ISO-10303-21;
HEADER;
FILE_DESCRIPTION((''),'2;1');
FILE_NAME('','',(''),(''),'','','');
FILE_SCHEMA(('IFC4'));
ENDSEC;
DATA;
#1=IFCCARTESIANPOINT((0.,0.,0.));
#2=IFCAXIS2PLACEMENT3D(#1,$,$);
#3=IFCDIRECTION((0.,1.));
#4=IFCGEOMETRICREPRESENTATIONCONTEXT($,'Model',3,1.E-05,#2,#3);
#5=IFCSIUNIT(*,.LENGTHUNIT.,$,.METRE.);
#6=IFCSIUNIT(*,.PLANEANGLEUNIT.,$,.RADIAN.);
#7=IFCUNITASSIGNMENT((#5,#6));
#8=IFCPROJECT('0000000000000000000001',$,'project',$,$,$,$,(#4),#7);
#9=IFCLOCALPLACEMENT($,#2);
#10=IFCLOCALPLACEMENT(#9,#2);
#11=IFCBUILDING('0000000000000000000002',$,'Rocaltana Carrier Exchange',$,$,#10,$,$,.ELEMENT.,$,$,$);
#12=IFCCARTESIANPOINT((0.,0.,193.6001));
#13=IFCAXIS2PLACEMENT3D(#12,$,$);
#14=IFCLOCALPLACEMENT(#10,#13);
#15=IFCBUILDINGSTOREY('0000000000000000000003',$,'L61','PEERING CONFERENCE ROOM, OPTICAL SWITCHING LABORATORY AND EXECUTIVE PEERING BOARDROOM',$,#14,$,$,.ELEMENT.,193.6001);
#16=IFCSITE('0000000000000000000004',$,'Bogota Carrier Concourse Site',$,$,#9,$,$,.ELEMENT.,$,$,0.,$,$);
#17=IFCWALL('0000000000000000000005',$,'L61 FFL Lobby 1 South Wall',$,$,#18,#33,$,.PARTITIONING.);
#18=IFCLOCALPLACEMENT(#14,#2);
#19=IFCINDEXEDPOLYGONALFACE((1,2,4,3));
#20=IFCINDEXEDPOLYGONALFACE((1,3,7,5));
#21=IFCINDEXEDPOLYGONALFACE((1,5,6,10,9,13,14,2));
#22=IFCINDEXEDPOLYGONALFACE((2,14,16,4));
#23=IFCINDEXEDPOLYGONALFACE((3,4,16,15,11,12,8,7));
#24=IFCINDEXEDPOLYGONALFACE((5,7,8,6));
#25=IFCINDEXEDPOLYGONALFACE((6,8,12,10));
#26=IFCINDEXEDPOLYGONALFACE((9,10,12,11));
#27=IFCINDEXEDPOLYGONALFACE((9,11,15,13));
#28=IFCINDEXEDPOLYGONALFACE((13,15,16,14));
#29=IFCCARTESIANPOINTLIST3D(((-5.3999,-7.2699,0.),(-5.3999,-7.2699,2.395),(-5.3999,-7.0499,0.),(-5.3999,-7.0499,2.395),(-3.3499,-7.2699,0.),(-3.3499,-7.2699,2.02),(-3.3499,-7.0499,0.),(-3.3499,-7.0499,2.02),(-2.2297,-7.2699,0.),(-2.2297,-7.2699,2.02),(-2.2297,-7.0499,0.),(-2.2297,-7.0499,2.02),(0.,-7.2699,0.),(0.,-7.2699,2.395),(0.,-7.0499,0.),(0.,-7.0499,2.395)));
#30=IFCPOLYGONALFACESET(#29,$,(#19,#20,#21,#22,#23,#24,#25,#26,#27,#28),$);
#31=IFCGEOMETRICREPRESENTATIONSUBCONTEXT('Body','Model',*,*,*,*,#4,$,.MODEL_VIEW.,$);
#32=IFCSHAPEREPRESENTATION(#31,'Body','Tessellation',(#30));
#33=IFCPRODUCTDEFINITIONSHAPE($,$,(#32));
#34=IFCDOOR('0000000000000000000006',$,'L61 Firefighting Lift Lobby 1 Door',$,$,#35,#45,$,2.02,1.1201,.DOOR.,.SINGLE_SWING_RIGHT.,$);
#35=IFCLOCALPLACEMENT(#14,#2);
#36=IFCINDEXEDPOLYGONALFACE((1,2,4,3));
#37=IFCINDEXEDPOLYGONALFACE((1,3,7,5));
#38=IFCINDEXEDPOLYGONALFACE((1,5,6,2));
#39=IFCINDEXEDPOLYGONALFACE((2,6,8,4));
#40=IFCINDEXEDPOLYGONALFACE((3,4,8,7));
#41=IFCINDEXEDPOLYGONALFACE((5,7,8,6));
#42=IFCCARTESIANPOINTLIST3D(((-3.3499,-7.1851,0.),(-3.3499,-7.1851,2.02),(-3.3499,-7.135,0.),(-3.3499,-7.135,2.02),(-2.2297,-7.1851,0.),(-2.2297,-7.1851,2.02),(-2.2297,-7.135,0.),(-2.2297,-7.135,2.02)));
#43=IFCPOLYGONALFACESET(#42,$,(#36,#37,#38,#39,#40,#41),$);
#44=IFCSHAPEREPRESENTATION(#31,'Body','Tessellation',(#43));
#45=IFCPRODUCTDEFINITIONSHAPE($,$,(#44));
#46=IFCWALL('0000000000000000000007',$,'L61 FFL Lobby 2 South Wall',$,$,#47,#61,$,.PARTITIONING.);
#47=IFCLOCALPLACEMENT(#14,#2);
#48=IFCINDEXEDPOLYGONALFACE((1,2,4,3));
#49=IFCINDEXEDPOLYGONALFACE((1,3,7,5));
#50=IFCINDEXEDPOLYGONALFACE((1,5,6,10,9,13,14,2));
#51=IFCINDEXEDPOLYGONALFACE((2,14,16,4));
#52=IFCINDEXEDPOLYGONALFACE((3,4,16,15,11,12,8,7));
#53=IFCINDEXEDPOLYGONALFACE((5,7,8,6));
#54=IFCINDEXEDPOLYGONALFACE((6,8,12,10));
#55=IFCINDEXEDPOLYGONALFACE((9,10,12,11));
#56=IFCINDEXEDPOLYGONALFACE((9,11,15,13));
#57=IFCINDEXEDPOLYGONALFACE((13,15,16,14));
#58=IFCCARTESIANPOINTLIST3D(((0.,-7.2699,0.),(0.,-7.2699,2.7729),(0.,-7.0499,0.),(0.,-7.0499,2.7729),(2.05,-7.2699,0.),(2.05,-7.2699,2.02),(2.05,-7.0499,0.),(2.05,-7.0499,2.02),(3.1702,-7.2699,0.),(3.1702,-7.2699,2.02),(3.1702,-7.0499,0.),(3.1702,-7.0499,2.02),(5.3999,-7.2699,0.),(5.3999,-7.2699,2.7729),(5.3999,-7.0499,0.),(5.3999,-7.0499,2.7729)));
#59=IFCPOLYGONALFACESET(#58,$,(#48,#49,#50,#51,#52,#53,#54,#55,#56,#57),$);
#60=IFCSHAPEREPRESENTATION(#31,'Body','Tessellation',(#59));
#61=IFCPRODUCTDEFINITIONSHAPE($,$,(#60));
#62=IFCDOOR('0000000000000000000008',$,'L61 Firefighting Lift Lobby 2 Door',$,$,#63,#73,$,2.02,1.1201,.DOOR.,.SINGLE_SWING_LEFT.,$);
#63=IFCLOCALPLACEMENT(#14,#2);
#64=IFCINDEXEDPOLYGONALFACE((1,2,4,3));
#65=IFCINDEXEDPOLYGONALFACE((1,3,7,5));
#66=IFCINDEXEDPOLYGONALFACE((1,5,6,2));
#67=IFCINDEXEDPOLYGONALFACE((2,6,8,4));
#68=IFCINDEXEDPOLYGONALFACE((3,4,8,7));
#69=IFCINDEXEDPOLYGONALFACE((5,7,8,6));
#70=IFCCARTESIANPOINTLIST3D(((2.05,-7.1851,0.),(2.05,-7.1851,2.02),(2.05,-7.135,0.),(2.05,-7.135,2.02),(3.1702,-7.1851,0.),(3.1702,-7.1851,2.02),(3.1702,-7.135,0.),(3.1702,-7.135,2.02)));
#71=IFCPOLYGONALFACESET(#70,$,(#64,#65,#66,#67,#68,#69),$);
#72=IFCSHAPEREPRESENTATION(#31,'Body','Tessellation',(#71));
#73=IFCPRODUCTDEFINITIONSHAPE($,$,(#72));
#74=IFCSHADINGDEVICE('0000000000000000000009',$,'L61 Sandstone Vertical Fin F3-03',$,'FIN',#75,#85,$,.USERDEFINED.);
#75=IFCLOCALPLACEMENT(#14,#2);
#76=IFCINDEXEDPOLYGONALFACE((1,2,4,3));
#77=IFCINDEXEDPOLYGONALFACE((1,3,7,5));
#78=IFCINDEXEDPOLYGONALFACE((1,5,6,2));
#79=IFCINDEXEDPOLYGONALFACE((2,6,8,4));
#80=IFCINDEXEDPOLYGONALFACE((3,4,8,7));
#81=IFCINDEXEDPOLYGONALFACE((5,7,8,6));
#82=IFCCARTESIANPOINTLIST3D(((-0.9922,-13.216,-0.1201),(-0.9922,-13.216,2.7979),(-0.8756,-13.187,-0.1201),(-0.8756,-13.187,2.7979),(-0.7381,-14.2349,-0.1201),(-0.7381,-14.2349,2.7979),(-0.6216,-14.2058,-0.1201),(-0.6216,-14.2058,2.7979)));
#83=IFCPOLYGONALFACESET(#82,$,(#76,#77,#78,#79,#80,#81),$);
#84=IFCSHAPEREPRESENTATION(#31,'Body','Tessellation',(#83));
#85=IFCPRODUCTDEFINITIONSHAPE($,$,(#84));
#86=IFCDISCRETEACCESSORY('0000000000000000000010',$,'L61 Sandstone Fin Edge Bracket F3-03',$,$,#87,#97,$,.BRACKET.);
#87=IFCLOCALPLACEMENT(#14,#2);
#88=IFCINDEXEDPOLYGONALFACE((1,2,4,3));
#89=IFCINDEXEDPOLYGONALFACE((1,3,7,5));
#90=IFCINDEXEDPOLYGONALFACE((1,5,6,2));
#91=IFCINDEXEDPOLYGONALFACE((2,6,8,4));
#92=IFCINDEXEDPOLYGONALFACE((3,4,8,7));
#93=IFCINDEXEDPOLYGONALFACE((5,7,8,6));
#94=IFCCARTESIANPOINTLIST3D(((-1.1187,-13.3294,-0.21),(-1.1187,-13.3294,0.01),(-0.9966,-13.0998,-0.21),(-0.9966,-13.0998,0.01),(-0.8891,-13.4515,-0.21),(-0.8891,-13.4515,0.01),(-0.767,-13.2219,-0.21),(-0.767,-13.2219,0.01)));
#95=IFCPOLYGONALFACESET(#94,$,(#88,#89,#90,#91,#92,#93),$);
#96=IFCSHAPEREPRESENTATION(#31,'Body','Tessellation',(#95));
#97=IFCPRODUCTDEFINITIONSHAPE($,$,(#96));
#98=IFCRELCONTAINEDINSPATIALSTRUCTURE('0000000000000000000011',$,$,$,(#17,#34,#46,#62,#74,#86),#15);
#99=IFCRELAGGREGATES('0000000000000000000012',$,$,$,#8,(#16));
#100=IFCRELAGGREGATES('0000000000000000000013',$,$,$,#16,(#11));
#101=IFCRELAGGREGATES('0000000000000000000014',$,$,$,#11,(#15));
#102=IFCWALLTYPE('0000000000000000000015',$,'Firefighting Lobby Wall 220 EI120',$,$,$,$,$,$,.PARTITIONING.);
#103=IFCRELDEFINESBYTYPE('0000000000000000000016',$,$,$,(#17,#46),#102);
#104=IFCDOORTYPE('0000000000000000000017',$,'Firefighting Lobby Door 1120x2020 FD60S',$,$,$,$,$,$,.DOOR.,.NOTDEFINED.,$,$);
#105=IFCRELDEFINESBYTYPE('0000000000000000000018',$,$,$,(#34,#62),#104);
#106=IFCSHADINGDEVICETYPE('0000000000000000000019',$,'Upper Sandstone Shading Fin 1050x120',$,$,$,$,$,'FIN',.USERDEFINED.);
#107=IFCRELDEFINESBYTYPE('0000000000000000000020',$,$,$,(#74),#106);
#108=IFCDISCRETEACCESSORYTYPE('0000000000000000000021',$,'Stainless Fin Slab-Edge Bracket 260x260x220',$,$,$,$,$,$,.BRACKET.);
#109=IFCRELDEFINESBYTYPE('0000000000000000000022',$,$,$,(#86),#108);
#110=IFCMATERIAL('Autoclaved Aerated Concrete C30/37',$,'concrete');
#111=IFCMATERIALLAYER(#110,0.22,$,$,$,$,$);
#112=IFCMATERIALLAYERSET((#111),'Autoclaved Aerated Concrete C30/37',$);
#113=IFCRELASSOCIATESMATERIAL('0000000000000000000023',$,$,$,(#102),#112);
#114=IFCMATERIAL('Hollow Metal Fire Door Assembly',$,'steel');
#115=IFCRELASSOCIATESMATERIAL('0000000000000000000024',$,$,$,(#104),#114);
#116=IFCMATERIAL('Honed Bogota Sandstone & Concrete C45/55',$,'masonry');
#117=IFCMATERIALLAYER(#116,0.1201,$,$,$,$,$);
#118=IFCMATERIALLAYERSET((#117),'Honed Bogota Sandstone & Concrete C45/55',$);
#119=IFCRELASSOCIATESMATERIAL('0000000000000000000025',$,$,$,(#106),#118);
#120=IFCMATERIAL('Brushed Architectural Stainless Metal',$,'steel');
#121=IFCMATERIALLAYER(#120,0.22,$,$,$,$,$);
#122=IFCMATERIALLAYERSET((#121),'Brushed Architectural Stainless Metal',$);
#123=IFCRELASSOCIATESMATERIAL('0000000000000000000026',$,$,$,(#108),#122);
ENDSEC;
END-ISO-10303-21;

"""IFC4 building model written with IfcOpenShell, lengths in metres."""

from ifc_helpers import new_model, si_unit, direction, frame, frame_2d, origin, origin_2d, place, context, subcontext, project, spatial, rectangle, extrude, material, layer, layer_set, type_object, element, fill, save


model = new_model("IFC4")

# Units and contexts
model_context = context("Model", 3, precision=1e-05, world=origin(), true_north=direction((0.0, 1.0)))
body_context = subcontext(model_context, "Body", "Model", "MODEL_VIEW")
ifc_project = project(units=[si_unit("LENGTHUNIT", "METRE"), si_unit("PLANEANGLEUNIT", "RADIAN")], contexts=[model_context])

# Site, building, storey
site_placement = place(None, origin())
site = spatial("IfcSite", under=ifc_project, at=site_placement, Name="Bogota Carrier Concourse Site", CompositionType="ELEMENT", RefElevation=0.0)
building_placement = place(site_placement, origin())
building = spatial("IfcBuilding", under=site, at=building_placement, Name="Rocaltana Carrier Exchange", CompositionType="ELEMENT")
storey_placement = place(building_placement, frame((0.0, 0.0, 193.6001)))
storey = spatial("IfcBuildingStorey", under=building, at=storey_placement, Name="L61", Description="PEERING CONFERENCE ROOM, OPTICAL SWITCHING LABORATORY AND EXECUTIVE PEERING BOARDROOM", CompositionType="ELEMENT", Elevation=193.6001)

# Shared definitions
ifc_material_1 = material(Name="Autoclaved Aerated Concrete C30/37", Category="concrete")
ifc_layer_1 = layer(ifc_material_1, 0.22)
ifc_layer_set_1 = layer_set([ifc_layer_1], Name="Autoclaved Aerated Concrete C30/37")
wall_type_1 = type_object("IfcWallType", Name="Firefighting Lobby Wall 220 EI120", PredefinedType="PARTITIONING", material=ifc_layer_set_1)

# Walls, openings, doors
wall_1_placement = place(storey_placement, frame((-5.3999, -7.1599, 0.0), z_axis=(0.0, 0.0, 1.0), x_axis=(1.0, 0.0, 0.0)))
wall_1 = element("IfcWall", 1, at=wall_1_placement, inside=storey, type_object=wall_type_1, Name="L61 FFL Lobby 1 South Wall", PredefinedType="PARTITIONING", context=body_context, shape_type="SweptSolid", body=[
    extrude(rectangle(XDim=5.3999, YDim=0.22, at=frame_2d((2.7, 0.0))), origin(), (0.0, 0.0, 1.0), 2.395),
])
opening_1_placement = place(wall_1_placement, frame((2.05, 0.0, 0.0)))
opening_1 = element("IfcOpeningElement", 2, at=opening_1_placement, cuts=wall_1, PredefinedType="OPENING", context=body_context, shape_type="SweptSolid", body=[
    extrude(rectangle(XDim=1.1201, YDim=2.02, at=frame_2d((0.5601, 1.01))), frame((0.0, 0.1199, 0.0), z_axis=(0.0, -1.0, 0.0), x_axis=(1.0, 0.0, 0.0)), (0.0, 0.0, 1.0), 0.24),
])
ifc_material_2 = material(Name="Hollow Metal Fire Door Assembly", Category="steel")
door_type = type_object("IfcDoorType", Name="Firefighting Lobby Door 1120x2020 FD60S", OperationType="NOTDEFINED", PredefinedType="DOOR", material=ifc_material_2)
door_1_placement = place(opening_1_placement, origin())
door_1 = element("IfcDoor", 3, at=door_1_placement, inside=storey, type_object=door_type, Name="L61 Firefighting Lift Lobby 1 Door", OperationType="SINGLE_SWING_RIGHT", OverallHeight=2.02, OverallWidth=1.1201, PredefinedType="DOOR", context=body_context, shape_type="SweptSolid", body=[
    extrude(rectangle(XDim=1.1201, YDim=2.02, at=frame_2d((0.5601, 1.01))), frame((0.0, 0.0249, 0.0), z_axis=(0.0, -1.0, 0.0), x_axis=(1.0, 0.0, 0.0)), (0.0, 0.0, 1.0), 0.05),
])
fill(opening_1, door_1)
wall_2_placement = place(storey_placement, frame((0.0, -7.1599, 0.0), z_axis=(0.0, 0.0, 1.0), x_axis=(1.0, 0.0, 0.0)))
wall_2 = element("IfcWall", 4, at=wall_2_placement, inside=storey, type_object=wall_type_1, Name="L61 FFL Lobby 2 South Wall", PredefinedType="PARTITIONING", context=body_context, shape_type="SweptSolid", body=[
    extrude(rectangle(XDim=5.3999, YDim=0.22, at=frame_2d((2.7, 0.0))), origin(), (0.0, 0.0, 1.0), 2.7729),
])
opening_2_placement = place(wall_2_placement, frame((2.05, 0.0, 0.0)))
opening_2 = element("IfcOpeningElement", 5, at=opening_2_placement, cuts=wall_2, PredefinedType="OPENING", context=body_context, shape_type="SweptSolid", body=[
    extrude(rectangle(XDim=1.1201, YDim=2.02, at=frame_2d((0.5601, 1.01))), frame((0.0, 0.1199, 0.0), z_axis=(0.0, -1.0, 0.0), x_axis=(1.0, 0.0, 0.0)), (0.0, 0.0, 1.0), 0.24),
])
door_2_placement = place(opening_2_placement, origin())
door_2 = element("IfcDoor", 6, at=door_2_placement, inside=storey, type_object=door_type, Name="L61 Firefighting Lift Lobby 2 Door", OperationType="SINGLE_SWING_LEFT", OverallHeight=2.02, OverallWidth=1.1201, PredefinedType="DOOR", context=body_context, shape_type="SweptSolid", body=[
    extrude(rectangle(XDim=1.1201, YDim=2.02, at=frame_2d((0.5601, 1.01))), frame((0.0, 0.0249, 0.0), z_axis=(0.0, -1.0, 0.0), x_axis=(1.0, 0.0, 0.0)), (0.0, 0.0, 1.0), 0.05),
])
fill(opening_2, door_2)

# Shading device
ifc_material_3 = material(Name="Honed Bogota Sandstone & Concrete C45/55", Category="masonry")
ifc_layer_2 = layer(ifc_material_3, 0.1201)
ifc_layer_set_2 = layer_set([ifc_layer_2], Name="Honed Bogota Sandstone & Concrete C45/55")
shading_device_type = type_object("IfcShadingDeviceType", Name="Upper Sandstone Shading Fin 1050x120", ElementType="FIN", PredefinedType="USERDEFINED", material=ifc_layer_set_2)
shading_device_placement = place(storey_placement, frame((-0.8069, -13.7109, -0.1201), z_axis=(0.0, 0.0, 1.0), x_axis=(0.241922, -0.970296, 0.0)))
element("IfcShadingDevice", 7, at=shading_device_placement, inside=storey, type_object=shading_device_type, Name="L61 Sandstone Vertical Fin F3-03", ObjectType="FIN", PredefinedType="USERDEFINED", context=body_context, shape_type="SweptSolid", body=[
    extrude(rectangle(XDim=1.05, YDim=0.1201, at=origin_2d()), origin(), (0.0, 0.0, 1.0), 2.918),
])

# Discrete accessory
ifc_material_4 = material(Name="Brushed Architectural Stainless Metal", Category="steel")
ifc_layer_3 = layer(ifc_material_4, 0.22)
ifc_layer_set_3 = layer_set([ifc_layer_3], Name="Brushed Architectural Stainless Metal")
discrete_accessory_type = type_object("IfcDiscreteAccessoryType", Name="Stainless Fin Slab-Edge Bracket 260x260x220", PredefinedType="BRACKET", material=ifc_layer_set_3)
discrete_accessory_placement = place(storey_placement, frame((-0.9429, -13.2756, -0.21), z_axis=(0.0, 0.0, 1.0), x_axis=(0.882948, -0.469472, 0.0)))
element("IfcDiscreteAccessory", 8, at=discrete_accessory_placement, inside=storey, type_object=discrete_accessory_type, Name="L61 Sandstone Fin Edge Bracket F3-03", PredefinedType="BRACKET", context=body_context, shape_type="SweptSolid", body=[
    extrude(rectangle(XDim=0.26, YDim=0.26, at=origin_2d()), origin(), (0.0, 0.0, 1.0), 0.22),
])

save(model, "model.ifc")
